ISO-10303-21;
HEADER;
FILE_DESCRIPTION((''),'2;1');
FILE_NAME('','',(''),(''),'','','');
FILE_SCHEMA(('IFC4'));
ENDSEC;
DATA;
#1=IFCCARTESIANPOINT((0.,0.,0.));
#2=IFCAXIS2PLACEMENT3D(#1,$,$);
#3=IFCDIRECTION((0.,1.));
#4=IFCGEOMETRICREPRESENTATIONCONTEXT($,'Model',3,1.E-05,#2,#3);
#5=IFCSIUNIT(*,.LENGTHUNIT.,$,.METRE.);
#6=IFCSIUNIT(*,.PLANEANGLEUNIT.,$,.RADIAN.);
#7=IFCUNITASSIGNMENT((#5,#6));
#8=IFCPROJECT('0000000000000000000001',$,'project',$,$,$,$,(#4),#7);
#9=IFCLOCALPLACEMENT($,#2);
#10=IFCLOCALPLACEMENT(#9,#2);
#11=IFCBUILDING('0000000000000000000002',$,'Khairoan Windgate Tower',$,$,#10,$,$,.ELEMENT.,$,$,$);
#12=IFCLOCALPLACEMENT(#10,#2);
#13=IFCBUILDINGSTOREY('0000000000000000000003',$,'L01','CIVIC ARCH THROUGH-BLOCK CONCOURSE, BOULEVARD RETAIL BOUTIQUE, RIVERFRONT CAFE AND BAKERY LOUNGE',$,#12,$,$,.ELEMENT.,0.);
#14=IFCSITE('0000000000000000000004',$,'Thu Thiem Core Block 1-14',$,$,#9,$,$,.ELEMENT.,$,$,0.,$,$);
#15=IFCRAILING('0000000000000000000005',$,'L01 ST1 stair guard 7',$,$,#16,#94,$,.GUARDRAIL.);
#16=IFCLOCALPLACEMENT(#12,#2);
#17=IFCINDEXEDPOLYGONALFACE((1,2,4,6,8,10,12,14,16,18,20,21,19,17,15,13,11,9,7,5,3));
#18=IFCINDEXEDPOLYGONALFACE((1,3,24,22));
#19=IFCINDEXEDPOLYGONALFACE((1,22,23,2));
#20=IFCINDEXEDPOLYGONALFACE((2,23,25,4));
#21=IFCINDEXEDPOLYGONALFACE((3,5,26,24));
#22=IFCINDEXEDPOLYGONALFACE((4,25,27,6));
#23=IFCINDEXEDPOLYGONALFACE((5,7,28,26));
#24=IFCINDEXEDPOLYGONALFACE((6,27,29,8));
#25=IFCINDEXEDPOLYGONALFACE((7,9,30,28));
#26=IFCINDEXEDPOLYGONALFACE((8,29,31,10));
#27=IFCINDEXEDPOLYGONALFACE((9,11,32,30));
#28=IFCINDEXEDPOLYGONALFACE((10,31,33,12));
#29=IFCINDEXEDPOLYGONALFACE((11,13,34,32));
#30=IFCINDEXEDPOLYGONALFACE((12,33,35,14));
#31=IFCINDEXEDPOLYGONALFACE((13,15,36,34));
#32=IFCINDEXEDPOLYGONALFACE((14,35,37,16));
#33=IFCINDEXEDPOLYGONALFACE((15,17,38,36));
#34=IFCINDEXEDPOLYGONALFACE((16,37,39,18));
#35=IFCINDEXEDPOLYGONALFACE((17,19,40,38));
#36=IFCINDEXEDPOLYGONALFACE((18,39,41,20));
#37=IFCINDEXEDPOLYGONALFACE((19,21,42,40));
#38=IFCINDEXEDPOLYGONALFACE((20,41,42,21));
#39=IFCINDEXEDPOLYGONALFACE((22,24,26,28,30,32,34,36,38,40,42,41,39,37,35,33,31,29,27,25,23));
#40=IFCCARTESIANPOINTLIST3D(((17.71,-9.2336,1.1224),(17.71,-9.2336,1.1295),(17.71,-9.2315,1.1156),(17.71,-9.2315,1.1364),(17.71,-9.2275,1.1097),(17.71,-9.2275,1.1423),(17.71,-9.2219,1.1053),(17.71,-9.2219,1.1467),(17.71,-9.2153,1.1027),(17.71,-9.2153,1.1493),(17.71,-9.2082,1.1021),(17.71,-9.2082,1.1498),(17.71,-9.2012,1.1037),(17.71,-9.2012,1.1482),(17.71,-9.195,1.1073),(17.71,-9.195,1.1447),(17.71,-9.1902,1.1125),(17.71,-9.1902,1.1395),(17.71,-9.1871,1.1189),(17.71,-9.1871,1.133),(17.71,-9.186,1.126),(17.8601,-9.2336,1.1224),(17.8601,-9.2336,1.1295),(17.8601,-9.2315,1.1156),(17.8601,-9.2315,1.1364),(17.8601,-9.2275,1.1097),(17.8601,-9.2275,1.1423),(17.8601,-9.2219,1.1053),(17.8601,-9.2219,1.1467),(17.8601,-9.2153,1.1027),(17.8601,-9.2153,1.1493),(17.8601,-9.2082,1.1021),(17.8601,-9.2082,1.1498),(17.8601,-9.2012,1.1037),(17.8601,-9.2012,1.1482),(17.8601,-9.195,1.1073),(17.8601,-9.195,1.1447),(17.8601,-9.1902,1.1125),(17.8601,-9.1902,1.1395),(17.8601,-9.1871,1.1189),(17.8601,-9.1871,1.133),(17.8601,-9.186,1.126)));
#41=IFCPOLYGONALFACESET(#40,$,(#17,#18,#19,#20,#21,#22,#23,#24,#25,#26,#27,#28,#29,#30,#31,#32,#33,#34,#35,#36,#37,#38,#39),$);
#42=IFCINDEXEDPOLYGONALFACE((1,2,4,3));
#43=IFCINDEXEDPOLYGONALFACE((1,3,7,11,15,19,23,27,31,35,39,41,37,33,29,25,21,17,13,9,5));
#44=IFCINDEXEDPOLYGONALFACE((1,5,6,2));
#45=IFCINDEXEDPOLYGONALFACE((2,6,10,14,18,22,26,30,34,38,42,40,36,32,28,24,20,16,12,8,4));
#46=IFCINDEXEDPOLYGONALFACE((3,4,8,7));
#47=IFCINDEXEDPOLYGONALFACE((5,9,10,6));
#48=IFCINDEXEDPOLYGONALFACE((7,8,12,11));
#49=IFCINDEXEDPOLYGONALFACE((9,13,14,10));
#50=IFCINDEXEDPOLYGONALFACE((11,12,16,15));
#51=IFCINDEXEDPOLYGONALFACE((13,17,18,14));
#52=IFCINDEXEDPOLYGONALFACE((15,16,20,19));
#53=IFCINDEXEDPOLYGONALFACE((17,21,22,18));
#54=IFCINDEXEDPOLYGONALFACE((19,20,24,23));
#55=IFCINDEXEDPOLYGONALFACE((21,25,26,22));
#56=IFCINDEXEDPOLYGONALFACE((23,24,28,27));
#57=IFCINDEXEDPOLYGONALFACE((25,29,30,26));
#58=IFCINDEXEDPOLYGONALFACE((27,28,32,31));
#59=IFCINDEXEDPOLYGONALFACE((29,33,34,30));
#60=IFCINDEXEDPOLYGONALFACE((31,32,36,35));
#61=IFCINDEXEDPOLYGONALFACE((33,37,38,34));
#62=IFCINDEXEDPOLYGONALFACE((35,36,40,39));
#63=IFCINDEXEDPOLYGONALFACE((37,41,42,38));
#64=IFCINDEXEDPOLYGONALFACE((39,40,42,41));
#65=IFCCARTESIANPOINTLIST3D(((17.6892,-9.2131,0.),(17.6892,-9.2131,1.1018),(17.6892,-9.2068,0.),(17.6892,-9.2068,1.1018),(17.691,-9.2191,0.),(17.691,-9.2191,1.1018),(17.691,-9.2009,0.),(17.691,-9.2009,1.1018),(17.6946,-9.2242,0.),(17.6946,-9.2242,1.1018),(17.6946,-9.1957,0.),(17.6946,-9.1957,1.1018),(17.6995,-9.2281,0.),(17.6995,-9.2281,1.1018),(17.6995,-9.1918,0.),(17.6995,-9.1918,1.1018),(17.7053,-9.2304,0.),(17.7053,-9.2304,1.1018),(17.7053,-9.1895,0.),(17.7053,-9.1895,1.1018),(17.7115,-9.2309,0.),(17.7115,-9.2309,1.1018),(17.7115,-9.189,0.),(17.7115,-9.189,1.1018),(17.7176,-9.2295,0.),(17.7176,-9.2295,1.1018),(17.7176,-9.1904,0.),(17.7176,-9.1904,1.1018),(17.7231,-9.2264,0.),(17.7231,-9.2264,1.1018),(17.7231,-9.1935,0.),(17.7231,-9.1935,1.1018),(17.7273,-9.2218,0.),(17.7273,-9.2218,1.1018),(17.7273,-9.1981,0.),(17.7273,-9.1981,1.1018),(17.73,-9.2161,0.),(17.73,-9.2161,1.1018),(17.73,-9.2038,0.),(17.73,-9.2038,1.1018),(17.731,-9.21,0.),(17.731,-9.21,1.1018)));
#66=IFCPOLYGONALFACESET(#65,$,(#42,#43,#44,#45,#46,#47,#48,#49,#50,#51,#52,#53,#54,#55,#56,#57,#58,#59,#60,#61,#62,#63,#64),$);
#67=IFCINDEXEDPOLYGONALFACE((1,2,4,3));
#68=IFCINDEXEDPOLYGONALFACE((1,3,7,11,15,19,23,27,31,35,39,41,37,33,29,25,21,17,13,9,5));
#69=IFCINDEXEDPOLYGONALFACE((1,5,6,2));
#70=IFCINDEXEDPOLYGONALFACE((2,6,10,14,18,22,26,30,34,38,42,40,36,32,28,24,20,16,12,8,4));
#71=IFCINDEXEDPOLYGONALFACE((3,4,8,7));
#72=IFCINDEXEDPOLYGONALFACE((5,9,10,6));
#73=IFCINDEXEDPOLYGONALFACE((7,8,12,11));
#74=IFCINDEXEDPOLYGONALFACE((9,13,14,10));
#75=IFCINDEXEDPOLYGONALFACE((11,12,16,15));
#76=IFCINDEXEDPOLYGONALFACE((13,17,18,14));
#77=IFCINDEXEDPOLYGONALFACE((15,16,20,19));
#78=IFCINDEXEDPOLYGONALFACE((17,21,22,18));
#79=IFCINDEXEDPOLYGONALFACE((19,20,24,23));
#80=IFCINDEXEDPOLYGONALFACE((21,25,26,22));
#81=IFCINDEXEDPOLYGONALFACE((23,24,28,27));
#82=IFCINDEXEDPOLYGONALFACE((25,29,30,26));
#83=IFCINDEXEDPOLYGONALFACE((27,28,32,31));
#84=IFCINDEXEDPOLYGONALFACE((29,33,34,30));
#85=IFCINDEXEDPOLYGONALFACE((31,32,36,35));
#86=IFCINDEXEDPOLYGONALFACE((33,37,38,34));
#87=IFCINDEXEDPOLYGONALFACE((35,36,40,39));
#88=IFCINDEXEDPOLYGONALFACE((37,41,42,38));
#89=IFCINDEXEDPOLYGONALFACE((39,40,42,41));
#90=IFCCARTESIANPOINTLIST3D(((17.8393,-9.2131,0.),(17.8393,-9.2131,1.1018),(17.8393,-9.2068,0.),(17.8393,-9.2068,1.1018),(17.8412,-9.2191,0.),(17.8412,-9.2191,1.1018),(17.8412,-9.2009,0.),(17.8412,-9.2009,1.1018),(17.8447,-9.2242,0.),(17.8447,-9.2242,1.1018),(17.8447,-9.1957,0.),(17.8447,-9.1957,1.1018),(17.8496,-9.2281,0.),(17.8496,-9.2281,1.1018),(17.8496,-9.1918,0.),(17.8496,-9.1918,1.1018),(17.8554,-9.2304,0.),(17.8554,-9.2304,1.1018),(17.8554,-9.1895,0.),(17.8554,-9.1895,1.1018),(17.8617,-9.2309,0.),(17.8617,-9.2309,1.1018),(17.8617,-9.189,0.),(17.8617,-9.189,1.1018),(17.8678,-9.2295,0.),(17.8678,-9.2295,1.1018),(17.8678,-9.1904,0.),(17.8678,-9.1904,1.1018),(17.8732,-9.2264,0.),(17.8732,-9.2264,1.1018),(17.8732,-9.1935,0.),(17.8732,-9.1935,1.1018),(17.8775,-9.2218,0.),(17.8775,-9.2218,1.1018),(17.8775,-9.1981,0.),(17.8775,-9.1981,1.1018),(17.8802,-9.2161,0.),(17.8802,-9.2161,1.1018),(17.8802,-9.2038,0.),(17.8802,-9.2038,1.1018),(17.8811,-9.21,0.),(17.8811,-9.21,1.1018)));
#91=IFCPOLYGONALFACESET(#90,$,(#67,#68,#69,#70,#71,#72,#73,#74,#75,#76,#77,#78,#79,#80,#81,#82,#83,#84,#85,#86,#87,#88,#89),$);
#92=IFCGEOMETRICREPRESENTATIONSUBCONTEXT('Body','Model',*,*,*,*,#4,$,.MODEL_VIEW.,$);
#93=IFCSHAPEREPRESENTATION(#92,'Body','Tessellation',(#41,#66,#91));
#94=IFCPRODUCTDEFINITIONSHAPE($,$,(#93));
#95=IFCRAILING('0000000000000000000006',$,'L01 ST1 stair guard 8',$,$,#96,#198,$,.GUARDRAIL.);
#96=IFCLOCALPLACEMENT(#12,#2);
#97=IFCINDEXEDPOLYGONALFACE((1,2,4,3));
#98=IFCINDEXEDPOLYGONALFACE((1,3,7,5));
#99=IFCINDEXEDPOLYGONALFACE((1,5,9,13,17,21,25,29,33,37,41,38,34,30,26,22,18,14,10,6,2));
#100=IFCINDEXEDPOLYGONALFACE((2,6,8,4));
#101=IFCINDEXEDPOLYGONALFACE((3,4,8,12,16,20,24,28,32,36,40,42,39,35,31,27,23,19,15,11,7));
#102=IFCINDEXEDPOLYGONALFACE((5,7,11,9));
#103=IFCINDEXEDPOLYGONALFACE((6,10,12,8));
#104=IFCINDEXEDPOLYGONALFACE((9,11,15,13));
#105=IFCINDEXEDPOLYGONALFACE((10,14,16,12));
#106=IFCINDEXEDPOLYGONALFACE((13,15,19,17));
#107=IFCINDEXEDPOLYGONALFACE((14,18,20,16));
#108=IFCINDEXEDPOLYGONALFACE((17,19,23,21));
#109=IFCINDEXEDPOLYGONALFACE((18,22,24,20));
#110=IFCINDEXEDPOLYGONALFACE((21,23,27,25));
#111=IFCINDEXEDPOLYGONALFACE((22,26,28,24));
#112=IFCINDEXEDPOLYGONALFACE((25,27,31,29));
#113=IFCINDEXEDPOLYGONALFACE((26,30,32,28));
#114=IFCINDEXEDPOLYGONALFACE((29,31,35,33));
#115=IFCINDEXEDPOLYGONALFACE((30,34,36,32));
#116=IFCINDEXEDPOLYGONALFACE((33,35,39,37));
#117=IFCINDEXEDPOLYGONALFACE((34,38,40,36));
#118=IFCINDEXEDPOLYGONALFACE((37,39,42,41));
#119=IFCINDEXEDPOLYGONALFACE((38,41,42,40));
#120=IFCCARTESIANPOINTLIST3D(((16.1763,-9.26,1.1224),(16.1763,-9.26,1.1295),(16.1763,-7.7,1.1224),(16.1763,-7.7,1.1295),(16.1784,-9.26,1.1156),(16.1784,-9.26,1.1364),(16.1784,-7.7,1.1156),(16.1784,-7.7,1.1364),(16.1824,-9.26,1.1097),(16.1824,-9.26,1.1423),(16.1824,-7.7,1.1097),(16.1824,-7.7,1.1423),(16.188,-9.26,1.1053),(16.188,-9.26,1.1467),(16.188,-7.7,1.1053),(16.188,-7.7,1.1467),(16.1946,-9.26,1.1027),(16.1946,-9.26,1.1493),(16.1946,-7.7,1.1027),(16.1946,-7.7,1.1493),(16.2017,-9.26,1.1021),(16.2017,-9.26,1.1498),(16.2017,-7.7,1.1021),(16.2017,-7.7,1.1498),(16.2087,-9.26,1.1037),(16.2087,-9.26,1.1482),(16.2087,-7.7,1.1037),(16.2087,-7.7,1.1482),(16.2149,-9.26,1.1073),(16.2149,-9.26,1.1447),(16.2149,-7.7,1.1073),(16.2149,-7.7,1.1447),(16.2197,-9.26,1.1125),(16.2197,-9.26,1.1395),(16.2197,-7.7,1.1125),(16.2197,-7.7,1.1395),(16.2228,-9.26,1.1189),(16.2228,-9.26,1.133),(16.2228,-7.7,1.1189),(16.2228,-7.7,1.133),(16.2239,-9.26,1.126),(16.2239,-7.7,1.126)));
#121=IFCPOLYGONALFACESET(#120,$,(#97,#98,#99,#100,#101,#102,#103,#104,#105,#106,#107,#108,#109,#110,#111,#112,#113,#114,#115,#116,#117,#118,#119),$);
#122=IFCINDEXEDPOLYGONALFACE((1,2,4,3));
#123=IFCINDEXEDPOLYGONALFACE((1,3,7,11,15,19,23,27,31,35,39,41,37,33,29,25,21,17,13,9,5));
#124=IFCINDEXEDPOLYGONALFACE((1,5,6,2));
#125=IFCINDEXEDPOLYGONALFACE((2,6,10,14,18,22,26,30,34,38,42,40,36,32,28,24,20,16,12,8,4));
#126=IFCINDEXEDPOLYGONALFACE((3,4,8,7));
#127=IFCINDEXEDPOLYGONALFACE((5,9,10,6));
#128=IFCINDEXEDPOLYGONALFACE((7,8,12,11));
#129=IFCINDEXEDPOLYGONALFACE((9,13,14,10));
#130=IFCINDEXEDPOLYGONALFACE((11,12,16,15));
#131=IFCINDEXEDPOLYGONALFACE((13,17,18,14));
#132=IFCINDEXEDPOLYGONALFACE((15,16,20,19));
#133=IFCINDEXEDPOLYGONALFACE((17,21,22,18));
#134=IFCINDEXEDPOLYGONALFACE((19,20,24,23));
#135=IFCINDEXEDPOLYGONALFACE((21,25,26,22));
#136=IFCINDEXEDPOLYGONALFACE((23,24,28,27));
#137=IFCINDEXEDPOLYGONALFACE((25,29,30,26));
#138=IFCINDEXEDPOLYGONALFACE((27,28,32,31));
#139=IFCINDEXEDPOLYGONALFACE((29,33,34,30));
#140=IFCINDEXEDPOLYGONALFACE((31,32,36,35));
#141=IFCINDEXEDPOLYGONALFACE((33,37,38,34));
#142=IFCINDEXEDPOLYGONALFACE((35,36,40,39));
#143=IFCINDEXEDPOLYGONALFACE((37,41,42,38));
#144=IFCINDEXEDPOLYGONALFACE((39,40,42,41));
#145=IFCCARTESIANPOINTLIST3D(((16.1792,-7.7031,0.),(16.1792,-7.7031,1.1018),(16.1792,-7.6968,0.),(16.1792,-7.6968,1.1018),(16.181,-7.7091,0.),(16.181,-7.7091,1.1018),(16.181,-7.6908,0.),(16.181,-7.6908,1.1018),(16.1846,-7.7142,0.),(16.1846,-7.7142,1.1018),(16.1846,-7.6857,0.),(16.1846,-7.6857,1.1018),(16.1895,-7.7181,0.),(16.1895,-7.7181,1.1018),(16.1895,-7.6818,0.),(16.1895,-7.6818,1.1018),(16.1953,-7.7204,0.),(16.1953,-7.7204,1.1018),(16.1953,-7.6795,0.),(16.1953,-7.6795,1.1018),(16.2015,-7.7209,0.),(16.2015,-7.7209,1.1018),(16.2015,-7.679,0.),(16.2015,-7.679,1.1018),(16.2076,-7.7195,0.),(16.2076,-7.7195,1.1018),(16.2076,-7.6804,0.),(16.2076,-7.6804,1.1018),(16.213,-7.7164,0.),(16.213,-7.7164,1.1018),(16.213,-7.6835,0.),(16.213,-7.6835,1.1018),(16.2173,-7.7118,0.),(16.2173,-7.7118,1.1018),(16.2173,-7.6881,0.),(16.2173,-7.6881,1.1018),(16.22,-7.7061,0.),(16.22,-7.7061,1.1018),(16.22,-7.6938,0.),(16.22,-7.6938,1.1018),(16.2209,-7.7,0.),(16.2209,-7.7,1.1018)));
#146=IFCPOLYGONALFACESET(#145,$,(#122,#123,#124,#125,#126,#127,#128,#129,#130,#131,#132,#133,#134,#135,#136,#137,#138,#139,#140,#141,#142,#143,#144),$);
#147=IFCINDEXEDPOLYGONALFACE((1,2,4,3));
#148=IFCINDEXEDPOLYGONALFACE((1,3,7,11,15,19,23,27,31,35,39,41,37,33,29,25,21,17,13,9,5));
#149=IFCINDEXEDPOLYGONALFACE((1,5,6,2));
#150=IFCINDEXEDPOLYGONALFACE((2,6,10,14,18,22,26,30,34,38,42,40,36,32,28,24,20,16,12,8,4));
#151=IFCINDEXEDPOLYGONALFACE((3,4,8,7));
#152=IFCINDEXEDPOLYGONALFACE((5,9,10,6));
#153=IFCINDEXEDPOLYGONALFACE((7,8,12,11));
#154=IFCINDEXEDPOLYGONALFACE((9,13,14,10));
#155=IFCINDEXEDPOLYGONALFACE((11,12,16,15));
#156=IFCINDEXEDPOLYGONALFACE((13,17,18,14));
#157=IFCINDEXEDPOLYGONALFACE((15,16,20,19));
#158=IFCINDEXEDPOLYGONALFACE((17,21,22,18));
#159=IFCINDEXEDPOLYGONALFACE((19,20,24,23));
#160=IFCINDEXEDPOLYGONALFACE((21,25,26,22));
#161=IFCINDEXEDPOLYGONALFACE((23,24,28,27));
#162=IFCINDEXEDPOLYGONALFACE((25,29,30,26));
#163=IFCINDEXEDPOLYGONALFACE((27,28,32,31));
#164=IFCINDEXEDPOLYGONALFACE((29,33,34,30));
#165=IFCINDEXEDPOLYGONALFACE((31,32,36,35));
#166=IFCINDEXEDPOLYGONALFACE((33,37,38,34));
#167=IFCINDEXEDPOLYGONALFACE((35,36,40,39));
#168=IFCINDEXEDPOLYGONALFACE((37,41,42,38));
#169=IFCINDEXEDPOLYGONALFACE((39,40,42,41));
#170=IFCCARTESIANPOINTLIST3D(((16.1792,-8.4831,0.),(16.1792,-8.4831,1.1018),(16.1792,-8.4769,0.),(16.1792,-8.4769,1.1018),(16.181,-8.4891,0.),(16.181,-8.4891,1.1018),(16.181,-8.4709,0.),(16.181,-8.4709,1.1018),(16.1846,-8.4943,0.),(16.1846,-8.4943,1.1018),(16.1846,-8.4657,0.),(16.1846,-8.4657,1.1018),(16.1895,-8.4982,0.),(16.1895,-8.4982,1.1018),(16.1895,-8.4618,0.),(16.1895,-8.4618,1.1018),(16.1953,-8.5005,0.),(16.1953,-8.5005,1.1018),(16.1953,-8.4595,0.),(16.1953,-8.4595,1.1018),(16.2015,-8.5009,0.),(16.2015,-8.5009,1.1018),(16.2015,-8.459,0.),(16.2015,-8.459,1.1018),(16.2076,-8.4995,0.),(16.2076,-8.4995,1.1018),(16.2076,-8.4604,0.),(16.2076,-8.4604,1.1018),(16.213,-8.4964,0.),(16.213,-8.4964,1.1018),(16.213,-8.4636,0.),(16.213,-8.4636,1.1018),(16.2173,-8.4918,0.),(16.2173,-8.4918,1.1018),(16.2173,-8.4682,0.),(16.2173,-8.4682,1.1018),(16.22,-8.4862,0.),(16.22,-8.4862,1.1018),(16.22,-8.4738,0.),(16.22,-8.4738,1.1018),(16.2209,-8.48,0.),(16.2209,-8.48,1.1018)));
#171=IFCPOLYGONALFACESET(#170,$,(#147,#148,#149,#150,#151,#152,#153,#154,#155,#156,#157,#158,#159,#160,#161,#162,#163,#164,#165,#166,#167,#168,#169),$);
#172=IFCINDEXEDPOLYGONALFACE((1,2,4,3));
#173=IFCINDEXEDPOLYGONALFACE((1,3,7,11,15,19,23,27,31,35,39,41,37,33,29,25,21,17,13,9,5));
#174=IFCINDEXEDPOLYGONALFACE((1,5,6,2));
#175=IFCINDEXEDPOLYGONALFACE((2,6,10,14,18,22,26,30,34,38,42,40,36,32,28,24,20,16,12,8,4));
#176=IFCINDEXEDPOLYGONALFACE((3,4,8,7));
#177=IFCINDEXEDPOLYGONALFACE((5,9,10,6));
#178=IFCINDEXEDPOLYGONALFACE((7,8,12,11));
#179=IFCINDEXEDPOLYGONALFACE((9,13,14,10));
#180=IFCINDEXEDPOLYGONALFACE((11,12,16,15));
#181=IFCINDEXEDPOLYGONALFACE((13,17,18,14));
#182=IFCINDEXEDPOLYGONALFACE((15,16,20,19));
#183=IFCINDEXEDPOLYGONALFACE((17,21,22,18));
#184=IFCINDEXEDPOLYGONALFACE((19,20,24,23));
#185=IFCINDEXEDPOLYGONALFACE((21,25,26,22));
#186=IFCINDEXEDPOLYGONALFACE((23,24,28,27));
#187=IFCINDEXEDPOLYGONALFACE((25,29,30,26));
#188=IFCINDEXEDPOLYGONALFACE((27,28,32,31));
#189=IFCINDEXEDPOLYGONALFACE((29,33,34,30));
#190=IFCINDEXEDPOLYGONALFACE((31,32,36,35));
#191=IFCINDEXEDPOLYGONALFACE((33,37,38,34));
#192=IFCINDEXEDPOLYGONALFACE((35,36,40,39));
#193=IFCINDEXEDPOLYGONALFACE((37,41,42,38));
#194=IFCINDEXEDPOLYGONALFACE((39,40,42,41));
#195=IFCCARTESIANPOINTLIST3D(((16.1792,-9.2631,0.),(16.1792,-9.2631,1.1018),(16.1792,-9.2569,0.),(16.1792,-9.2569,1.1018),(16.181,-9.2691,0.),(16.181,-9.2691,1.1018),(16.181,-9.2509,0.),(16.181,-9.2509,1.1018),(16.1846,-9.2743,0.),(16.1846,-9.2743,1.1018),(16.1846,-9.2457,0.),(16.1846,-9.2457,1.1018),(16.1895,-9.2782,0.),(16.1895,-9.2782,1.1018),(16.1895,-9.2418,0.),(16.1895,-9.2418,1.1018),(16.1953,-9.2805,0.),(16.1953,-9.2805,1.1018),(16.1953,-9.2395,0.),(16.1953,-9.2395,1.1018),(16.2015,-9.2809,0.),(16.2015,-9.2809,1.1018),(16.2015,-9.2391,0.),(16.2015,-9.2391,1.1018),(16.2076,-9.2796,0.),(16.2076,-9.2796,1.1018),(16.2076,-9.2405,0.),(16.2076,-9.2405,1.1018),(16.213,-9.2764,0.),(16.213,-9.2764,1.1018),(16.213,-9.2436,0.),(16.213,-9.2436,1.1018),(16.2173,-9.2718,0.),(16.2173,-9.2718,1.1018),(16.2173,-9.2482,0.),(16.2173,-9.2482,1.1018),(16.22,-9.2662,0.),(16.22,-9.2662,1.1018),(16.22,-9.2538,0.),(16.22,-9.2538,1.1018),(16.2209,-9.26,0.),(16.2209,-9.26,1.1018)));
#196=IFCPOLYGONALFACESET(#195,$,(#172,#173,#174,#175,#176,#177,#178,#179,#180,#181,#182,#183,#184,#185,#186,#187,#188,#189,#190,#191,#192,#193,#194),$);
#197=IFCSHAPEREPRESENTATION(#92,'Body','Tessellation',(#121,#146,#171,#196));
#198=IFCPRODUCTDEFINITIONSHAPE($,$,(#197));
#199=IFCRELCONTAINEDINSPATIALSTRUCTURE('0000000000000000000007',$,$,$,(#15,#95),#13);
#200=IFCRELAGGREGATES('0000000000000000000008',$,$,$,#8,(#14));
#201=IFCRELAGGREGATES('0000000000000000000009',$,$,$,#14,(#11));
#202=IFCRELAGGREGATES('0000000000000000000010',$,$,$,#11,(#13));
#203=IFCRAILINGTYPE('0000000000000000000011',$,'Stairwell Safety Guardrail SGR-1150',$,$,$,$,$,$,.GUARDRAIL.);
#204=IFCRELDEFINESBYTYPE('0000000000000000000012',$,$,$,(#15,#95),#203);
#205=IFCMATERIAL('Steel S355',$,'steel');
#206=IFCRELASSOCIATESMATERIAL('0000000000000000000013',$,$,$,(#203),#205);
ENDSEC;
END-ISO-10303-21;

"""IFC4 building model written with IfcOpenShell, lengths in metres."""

from ifc_helpers import new_model, si_unit, direction, frame, origin, origin_2d, place, context, subcontext, project, spatial, circle, extrude, material, type_object, element, save


model = new_model("IFC4")

# Units and contexts
model_context = context("Model", 3, precision=1e-05, world=origin(), true_north=direction((0.0, 1.0)))
body_context = subcontext(model_context, "Body", "Model", "MODEL_VIEW")
ifc_project = project(units=[si_unit("LENGTHUNIT", "METRE"), si_unit("PLANEANGLEUNIT", "RADIAN")], contexts=[model_context])

# Site, building, storey
site_placement = place(None, origin())
site = spatial("IfcSite", under=ifc_project, at=site_placement, Name="Thu Thiem Core Block 1-14", CompositionType="ELEMENT", RefElevation=0.0)
building_placement = place(site_placement, origin())
building = spatial("IfcBuilding", under=site, at=building_placement, Name="Khairoan Windgate Tower", CompositionType="ELEMENT")
storey_placement = place(building_placement, origin())
storey = spatial("IfcBuildingStorey", under=building, at=storey_placement, Name="L01", Description="CIVIC ARCH THROUGH-BLOCK CONCOURSE, BOULEVARD RETAIL BOUTIQUE, RIVERFRONT CAFE AND BAKERY LOUNGE", CompositionType="ELEMENT", Elevation=0.0)

# Railings
ifc_material_1 = material(Name="Steel S355", Category="steel")
railing_type_1 = type_object("IfcRailingType", Name="Stairwell Safety Guardrail SGR-1150", PredefinedType="GUARDRAIL", material=ifc_material_1)
railing_1_placement = place(storey_placement, frame((17.71, -9.21, 0.0)))
element("IfcRailing", 1, at=railing_1_placement, inside=storey, type_object=railing_type_1, Name="L01 ST1 stair guard 7", PredefinedType="GUARDRAIL", context=body_context, shape_type="SweptSolid", body=[
    extrude(circle(Radius=0.0239, at=origin_2d()), frame((0.0, 0.0, 1.126), z_axis=(1.0, 0.0, 0.0), x_axis=(0.0, 1.0, 0.0)), (0.0, 0.0, 1.0), 0.1501),
    extrude(circle(Radius=0.021, at=origin_2d()), origin(), (0.0, 0.0, 1.0), 1.1018),
    extrude(circle(Radius=0.021, at=origin_2d()), frame((0.1501, 0.0, 0.0)), (0.0, 0.0, 1.0), 1.1018),
])
for number, where, name in (
    (2, (16.2, -7.7, 0.0), "L01 ST1 stair guard 8"),
):
    element("IfcRailing", number, at=place(storey_placement, frame(where)), inside=storey, type_object=railing_type_1, Name=name, PredefinedType="GUARDRAIL", context=body_context, shape_type="SweptSolid", body=[
        extrude(circle(Radius=0.0239, at=origin_2d()), frame((0.0, 0.0, 1.126), z_axis=(0.0, -1.0, 0.0), x_axis=(1.0, 0.0, 0.0)), (0.0, 0.0, 1.0), 1.5601),
        extrude(circle(Radius=0.021, at=origin_2d()), origin(), (0.0, 0.0, 1.0), 1.1018),
        extrude(circle(Radius=0.021, at=origin_2d()), frame((0.0, -0.78, 0.0)), (0.0, 0.0, 1.0), 1.1018),
        extrude(circle(Radius=0.021, at=origin_2d()), frame((0.0, -1.5601, 0.0)), (0.0, 0.0, 1.0), 1.1018),
    ])

save(model, "model.ifc")
